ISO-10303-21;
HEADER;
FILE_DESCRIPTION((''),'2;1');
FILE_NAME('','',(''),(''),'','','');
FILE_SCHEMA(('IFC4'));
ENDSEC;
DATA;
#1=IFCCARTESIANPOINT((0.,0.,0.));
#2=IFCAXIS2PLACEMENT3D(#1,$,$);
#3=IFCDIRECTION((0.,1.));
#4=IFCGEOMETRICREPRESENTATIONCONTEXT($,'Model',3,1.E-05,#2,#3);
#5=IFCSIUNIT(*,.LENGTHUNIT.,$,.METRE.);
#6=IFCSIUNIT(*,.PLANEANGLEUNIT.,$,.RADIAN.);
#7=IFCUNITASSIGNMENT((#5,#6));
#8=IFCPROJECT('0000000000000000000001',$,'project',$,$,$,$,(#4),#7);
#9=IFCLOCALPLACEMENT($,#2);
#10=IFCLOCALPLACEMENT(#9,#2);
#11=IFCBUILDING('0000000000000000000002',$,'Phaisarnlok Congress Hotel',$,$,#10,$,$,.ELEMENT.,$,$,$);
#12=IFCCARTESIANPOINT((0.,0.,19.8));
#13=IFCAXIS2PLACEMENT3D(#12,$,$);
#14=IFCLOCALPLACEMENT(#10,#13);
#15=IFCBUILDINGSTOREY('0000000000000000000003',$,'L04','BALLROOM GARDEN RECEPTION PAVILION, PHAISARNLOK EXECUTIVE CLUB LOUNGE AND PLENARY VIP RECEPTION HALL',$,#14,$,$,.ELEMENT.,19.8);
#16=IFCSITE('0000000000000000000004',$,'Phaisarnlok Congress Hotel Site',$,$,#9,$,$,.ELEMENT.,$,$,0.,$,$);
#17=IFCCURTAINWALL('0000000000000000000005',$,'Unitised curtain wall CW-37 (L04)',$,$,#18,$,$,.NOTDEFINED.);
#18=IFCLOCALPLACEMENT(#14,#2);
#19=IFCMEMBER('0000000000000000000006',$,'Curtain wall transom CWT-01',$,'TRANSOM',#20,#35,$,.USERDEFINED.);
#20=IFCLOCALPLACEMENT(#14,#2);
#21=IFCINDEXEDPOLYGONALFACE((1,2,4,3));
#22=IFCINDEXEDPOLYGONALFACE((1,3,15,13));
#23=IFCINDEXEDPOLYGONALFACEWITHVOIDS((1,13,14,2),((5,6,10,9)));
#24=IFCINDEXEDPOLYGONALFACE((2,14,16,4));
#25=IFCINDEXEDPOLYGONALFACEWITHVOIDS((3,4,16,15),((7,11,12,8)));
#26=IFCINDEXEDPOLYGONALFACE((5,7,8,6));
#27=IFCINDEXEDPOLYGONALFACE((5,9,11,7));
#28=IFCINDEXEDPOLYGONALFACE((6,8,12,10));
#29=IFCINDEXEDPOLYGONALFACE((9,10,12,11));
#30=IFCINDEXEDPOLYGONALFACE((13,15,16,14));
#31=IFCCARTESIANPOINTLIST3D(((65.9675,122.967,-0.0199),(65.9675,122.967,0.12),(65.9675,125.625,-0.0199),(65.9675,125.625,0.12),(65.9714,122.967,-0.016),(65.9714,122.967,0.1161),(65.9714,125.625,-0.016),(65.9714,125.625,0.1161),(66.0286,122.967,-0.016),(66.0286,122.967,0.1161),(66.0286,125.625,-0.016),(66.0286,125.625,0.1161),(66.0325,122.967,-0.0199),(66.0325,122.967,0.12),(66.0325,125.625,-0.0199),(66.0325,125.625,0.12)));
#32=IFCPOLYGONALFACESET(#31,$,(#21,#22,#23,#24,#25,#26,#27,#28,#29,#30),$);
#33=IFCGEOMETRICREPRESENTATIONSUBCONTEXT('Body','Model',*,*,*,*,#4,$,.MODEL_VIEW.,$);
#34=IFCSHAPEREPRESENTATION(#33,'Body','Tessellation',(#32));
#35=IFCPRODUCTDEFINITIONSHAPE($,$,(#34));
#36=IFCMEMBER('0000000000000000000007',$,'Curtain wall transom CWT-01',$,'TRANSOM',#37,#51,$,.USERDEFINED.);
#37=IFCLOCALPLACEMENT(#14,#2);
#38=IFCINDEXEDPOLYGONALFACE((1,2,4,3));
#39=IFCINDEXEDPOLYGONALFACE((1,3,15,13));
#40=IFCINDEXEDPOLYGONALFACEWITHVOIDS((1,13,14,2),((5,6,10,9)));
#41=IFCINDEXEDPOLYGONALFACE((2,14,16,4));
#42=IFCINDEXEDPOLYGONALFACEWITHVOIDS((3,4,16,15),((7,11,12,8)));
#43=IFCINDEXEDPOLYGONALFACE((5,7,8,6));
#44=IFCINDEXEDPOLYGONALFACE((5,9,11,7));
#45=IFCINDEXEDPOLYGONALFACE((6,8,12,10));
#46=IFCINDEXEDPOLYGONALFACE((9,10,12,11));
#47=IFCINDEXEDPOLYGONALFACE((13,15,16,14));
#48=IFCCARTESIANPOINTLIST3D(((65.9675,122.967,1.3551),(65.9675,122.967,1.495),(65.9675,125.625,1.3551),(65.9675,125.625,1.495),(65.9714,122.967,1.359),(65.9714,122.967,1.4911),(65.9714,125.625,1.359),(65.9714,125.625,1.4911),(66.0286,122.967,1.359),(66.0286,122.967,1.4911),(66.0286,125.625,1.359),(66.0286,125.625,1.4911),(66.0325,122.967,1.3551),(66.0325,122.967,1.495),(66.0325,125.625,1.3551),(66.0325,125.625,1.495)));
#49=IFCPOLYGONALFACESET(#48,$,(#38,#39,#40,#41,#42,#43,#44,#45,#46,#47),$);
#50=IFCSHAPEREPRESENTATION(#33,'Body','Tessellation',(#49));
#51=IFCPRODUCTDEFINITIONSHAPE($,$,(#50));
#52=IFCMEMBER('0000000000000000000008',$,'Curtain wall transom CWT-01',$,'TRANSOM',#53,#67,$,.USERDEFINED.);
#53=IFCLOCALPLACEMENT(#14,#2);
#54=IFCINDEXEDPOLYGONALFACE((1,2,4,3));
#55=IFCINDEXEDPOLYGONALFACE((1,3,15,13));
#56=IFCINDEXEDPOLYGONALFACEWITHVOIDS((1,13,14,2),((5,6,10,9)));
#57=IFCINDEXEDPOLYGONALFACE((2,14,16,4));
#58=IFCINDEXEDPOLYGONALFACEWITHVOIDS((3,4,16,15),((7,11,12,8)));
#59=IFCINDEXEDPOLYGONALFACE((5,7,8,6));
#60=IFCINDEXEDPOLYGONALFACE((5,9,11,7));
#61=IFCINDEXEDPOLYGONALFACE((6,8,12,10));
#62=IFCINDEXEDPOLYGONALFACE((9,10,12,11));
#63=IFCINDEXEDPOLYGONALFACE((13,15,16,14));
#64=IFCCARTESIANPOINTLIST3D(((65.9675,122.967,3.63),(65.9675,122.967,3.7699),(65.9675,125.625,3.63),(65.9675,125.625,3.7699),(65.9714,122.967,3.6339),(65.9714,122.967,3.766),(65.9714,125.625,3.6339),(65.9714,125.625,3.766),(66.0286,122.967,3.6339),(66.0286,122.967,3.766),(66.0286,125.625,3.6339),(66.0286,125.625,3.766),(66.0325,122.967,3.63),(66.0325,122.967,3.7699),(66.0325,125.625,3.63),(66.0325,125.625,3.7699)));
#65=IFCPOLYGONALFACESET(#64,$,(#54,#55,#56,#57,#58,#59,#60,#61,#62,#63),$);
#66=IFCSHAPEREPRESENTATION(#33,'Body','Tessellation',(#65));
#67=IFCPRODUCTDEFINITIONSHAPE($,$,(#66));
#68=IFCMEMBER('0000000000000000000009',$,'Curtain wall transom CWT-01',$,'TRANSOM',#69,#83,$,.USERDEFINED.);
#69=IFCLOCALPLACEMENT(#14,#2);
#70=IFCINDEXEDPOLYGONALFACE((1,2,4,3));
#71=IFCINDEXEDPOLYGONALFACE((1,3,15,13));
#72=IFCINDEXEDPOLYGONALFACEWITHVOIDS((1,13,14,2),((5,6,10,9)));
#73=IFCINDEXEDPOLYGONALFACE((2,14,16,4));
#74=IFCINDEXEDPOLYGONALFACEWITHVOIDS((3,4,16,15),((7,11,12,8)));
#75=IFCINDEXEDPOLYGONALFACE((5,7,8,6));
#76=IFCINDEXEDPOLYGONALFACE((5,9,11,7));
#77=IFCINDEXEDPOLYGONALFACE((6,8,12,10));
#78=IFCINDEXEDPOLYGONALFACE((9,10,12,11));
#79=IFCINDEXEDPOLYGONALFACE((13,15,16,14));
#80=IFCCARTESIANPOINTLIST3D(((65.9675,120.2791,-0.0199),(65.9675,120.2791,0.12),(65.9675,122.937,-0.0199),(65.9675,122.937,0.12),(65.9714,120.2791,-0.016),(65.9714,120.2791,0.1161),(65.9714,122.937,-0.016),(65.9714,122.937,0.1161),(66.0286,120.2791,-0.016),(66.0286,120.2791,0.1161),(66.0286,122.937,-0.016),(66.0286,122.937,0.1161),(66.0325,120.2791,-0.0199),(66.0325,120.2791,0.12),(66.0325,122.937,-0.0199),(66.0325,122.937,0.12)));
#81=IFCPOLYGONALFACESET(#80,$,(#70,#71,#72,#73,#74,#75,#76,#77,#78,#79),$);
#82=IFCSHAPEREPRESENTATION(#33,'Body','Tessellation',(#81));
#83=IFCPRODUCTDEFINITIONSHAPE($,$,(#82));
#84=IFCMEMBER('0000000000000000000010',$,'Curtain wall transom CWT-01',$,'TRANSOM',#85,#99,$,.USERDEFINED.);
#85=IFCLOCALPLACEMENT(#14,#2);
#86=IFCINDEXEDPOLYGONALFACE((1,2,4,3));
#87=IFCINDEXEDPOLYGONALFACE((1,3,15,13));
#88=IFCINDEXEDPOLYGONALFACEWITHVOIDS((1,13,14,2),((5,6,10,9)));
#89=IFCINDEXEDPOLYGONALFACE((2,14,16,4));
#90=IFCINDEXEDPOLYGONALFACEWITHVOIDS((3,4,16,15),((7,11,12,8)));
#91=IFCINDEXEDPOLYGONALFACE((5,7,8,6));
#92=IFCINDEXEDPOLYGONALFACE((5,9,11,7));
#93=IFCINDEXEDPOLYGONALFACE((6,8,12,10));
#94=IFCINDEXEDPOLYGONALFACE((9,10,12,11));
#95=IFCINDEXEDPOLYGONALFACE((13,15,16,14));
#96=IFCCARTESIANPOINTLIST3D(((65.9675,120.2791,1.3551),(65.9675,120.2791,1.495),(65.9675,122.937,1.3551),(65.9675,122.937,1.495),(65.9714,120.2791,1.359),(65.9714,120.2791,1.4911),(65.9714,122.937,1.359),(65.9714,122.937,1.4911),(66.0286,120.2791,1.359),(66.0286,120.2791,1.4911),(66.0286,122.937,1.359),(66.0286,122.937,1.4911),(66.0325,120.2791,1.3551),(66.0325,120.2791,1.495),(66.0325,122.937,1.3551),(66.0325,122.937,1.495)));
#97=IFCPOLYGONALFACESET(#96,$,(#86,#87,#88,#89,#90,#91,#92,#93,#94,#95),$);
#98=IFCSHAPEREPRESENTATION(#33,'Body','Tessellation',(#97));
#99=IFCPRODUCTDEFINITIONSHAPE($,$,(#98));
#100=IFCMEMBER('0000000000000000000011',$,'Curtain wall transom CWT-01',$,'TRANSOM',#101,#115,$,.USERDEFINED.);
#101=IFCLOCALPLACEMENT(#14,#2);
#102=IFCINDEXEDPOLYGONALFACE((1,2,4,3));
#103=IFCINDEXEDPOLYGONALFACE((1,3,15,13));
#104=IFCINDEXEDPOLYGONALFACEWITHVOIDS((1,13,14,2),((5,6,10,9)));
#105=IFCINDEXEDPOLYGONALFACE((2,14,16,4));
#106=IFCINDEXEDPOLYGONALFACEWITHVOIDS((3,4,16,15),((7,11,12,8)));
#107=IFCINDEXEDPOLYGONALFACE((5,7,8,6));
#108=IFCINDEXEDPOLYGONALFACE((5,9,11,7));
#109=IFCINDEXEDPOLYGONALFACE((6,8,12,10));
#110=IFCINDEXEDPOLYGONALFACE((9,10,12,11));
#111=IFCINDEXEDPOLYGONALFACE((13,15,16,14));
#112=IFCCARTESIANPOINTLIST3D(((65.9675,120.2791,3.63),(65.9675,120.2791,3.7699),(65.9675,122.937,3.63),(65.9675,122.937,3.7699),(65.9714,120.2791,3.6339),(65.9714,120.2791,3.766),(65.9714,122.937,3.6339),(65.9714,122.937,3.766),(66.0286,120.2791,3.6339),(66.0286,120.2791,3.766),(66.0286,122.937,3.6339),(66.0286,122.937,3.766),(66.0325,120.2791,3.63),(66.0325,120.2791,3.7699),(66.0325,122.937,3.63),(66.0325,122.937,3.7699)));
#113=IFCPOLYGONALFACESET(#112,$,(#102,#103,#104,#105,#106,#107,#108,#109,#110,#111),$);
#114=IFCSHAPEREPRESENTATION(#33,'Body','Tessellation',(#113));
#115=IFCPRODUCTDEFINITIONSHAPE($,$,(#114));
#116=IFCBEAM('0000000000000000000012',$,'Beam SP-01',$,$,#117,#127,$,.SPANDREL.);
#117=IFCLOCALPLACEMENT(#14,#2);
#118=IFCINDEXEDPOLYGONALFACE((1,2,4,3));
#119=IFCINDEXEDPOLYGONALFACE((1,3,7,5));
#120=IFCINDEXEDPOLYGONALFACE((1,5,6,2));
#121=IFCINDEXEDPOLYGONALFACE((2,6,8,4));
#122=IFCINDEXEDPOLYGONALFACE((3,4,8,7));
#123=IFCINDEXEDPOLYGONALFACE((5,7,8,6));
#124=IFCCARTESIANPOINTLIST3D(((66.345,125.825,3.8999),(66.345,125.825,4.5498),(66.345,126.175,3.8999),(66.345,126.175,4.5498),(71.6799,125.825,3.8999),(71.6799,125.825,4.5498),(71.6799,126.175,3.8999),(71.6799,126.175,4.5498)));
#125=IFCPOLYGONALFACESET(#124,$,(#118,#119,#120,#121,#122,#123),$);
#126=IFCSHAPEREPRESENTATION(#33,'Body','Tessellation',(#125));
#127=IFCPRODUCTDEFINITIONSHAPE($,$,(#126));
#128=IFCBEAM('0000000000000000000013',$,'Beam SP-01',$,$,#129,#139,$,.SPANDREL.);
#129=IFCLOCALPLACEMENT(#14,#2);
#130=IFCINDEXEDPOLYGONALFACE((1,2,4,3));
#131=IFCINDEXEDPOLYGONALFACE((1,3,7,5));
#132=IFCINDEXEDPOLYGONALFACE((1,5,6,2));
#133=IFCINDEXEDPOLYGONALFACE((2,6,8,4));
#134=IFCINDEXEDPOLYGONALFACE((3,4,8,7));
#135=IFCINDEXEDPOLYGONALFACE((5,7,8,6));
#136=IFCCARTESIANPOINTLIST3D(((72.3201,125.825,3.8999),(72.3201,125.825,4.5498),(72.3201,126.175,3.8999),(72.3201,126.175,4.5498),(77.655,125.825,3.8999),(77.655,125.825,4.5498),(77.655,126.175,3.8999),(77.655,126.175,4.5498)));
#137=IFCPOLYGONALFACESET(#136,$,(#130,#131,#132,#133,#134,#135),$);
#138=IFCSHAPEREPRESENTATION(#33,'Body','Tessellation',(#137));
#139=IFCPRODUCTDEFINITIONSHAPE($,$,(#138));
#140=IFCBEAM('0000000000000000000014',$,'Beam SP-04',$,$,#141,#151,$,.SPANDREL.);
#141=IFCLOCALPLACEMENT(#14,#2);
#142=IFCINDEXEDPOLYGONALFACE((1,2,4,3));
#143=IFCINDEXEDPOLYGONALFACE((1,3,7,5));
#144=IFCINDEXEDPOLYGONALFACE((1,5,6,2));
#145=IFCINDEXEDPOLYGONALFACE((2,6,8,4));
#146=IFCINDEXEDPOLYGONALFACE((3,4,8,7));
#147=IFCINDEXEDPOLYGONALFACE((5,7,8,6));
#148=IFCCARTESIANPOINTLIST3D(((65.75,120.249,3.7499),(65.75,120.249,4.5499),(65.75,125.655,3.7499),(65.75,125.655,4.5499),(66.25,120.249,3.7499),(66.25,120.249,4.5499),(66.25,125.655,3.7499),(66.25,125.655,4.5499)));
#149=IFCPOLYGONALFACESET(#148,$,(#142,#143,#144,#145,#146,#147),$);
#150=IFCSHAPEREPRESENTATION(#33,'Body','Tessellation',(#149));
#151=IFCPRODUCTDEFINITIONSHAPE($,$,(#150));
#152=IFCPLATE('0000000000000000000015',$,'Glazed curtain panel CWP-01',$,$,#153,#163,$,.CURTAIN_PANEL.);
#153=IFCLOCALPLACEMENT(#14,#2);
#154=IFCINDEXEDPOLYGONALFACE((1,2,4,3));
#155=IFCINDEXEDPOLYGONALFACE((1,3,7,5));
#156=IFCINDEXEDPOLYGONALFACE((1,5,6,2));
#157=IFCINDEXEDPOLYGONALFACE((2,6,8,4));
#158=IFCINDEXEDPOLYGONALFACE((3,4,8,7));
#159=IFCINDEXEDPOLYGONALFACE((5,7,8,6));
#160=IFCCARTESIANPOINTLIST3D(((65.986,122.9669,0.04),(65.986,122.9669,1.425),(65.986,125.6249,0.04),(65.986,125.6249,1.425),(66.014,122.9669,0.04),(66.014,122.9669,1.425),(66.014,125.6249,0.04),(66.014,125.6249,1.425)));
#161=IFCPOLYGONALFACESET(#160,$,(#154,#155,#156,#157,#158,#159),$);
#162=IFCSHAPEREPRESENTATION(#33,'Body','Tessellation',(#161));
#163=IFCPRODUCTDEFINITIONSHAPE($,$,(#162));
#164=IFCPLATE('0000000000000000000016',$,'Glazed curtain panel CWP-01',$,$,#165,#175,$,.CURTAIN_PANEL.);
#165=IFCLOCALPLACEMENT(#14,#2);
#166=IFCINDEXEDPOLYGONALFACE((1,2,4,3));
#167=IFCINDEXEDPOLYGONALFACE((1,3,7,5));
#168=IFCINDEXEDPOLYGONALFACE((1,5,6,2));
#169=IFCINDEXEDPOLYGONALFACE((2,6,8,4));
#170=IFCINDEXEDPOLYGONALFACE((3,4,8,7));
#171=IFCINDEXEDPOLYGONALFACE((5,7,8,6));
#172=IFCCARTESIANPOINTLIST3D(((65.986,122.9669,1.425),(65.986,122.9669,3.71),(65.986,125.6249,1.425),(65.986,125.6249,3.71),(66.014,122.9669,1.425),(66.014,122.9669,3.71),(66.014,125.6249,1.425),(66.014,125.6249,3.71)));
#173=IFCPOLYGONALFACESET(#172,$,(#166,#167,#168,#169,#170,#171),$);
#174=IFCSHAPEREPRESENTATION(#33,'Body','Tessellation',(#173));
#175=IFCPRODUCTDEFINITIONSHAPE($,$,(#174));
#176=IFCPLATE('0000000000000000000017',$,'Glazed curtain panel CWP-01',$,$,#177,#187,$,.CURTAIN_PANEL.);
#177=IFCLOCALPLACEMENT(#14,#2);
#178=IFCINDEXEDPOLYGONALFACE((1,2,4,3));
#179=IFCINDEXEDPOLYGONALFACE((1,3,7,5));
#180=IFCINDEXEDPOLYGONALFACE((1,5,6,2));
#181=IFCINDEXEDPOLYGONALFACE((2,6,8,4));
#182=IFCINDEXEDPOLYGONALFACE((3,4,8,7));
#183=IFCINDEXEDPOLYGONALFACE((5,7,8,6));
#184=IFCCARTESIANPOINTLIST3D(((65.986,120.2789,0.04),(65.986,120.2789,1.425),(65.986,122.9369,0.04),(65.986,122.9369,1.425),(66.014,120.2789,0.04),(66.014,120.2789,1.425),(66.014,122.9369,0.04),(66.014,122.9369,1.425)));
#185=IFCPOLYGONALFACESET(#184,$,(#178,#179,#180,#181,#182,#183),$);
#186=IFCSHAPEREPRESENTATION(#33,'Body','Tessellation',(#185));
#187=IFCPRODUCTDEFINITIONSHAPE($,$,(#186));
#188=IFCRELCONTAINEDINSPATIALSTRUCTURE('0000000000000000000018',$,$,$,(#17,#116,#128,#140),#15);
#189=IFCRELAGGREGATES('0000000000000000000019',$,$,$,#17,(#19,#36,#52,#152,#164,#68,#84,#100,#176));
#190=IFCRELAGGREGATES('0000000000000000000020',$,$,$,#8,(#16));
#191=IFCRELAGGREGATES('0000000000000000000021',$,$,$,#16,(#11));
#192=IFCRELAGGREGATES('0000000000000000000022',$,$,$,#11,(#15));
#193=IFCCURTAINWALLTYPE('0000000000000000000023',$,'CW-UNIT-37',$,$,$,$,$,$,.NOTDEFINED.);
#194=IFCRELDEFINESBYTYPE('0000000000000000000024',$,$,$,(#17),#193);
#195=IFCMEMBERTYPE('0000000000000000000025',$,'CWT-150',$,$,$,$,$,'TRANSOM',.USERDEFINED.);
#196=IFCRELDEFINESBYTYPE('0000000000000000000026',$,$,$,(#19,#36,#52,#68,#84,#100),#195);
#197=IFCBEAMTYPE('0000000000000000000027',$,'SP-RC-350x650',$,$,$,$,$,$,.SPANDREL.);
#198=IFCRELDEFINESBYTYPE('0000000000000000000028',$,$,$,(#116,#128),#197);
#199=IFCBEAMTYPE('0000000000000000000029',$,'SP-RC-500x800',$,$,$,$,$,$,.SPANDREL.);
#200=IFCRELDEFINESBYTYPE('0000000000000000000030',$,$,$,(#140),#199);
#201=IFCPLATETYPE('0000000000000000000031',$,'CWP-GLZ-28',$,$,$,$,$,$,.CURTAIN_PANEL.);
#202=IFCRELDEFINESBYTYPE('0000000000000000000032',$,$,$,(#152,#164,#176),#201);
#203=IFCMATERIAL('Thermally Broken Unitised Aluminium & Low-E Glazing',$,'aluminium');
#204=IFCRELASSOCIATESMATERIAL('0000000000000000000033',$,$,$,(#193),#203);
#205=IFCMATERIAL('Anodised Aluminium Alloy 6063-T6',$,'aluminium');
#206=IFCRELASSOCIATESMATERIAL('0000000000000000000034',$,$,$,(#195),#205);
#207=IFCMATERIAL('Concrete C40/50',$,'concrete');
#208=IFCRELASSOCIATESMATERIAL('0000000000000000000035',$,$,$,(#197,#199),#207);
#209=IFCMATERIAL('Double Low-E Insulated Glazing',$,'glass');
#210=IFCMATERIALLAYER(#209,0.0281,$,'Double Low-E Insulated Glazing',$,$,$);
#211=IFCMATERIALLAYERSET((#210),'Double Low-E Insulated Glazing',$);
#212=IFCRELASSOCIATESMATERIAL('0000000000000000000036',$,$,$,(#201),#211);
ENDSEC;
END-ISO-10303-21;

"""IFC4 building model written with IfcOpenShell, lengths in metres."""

from ifc_helpers import new_model, si_unit, direction, frame, frame_2d, origin, origin_2d, place, context, subcontext, project, spatial, rectangle, hollow_rectangle, extrude, material, layer, layer_set, material_profile, profile_set, type_object, element, aggregate, save


model = new_model("IFC4")

# Units and contexts
model_context = context("Model", 3, precision=1e-05, world=origin(), true_north=direction((0.0, 1.0)))
body_context = subcontext(model_context, "Body", "Model", "MODEL_VIEW")
ifc_project = project(units=[si_unit("LENGTHUNIT", "METRE"), si_unit("PLANEANGLEUNIT", "RADIAN")], contexts=[model_context])

# Site, building, storey
site_placement = place(None, origin())
site = spatial("IfcSite", under=ifc_project, at=site_placement, Name="Phaisarnlok Congress Hotel Site", CompositionType="ELEMENT", RefElevation=0.0)
building_placement = place(site_placement, origin())
building = spatial("IfcBuilding", under=site, at=building_placement, Name="Phaisarnlok Congress Hotel", CompositionType="ELEMENT")
storey_placement = place(building_placement, frame((0.0, 0.0, 19.8)))
storey = spatial("IfcBuildingStorey", under=building, at=storey_placement, Name="L04", Description="BALLROOM GARDEN RECEPTION PAVILION, PHAISARNLOK EXECUTIVE CLUB LOUNGE AND PLENARY VIP RECEPTION HALL", CompositionType="ELEMENT", Elevation=19.8)

# Shared definitions
ifc_material_1 = material(Name="Concrete C40/50", Category="concrete")

# Shared definitions
ifc_material_2 = material(Name="Thermally Broken Unitised Aluminium & Low-E Glazing", Category="aluminium")
ifc_material_3 = material(Name="Anodised Aluminium Alloy 6063-T6", Category="aluminium")

# Curtain wall
curtain_wall_type_1 = type_object("IfcCurtainWallType", Name="CW-UNIT-37", PredefinedType="NOTDEFINED", material=ifc_material_2)
curtain_wall_1_placement = place(storey_placement, origin())
curtain_wall_1 = element("IfcCurtainWall", 1, at=curtain_wall_1_placement, inside=storey, type_object=curtain_wall_type_1, Name="Unitised curtain wall CW-37 (L04)", PredefinedType="NOTDEFINED")

# Members
ifc_material_profile_1 = material_profile(ifc_material_3, hollow_rectangle(XDim=0.0649, YDim=0.1399, WallThickness=0.0039, at=origin_2d()), Name="ALU-T 65x140x4")
ifc_profile_set_1 = profile_set([ifc_material_profile_1], Name="Anodised Aluminium Alloy 6063-T6")
member_type_1 = type_object("IfcMemberType", Name="CWT-150", ElementType="TRANSOM", PredefinedType="USERDEFINED", material=ifc_profile_set_1)
member_1_placement = place(storey_placement, frame((66.0, 125.625, 0.05), z_axis=(0.0, -1.0, 0.0), x_axis=(1.0, 0.0, 0.0)))
member_1 = element("IfcMember", 2, at=member_1_placement, type_object=member_type_1, Name="Curtain wall transom CWT-01", ObjectType="TRANSOM", PredefinedType="USERDEFINED", context=body_context, shape_type="SweptSolid", body=[
    extrude(hollow_rectangle(XDim=0.0649, YDim=0.1399, WallThickness=0.0039, at=origin_2d()), origin(), (0.0, 0.0, 1.0), 2.658),
])
member_2_placement = place(storey_placement, frame((66.0, 125.625, 1.425), z_axis=(0.0, -1.0, 0.0), x_axis=(1.0, 0.0, 0.0)))
member_2 = element("IfcMember", 3, at=member_2_placement, type_object=member_type_1, Name="Curtain wall transom CWT-01", ObjectType="TRANSOM", PredefinedType="USERDEFINED", context=body_context, shape_type="SweptSolid", body=[
    extrude(hollow_rectangle(XDim=0.0649, YDim=0.1399, WallThickness=0.0039, at=origin_2d()), origin(), (0.0, 0.0, 1.0), 2.658),
])
member_3_placement = place(storey_placement, frame((66.0, 125.625, 3.7), z_axis=(0.0, -1.0, 0.0), x_axis=(1.0, 0.0, 0.0)))
member_3 = element("IfcMember", 4, at=member_3_placement, type_object=member_type_1, Name="Curtain wall transom CWT-01", ObjectType="TRANSOM", PredefinedType="USERDEFINED", context=body_context, shape_type="SweptSolid", body=[
    extrude(hollow_rectangle(XDim=0.0649, YDim=0.1399, WallThickness=0.0039, at=origin_2d()), origin(), (0.0, 0.0, 1.0), 2.658),
])
member_4_placement = place(storey_placement, frame((66.0, 122.937, 0.05), z_axis=(0.0, -1.0, 0.0), x_axis=(1.0, 0.0, 0.0)))
member_4 = element("IfcMember", 5, at=member_4_placement, type_object=member_type_1, Name="Curtain wall transom CWT-01", ObjectType="TRANSOM", PredefinedType="USERDEFINED", context=body_context, shape_type="SweptSolid", body=[
    extrude(hollow_rectangle(XDim=0.0649, YDim=0.1399, WallThickness=0.0039, at=origin_2d()), origin(), (0.0, 0.0, 1.0), 2.658),
])
member_5_placement = place(storey_placement, frame((66.0, 122.937, 1.425), z_axis=(0.0, -1.0, 0.0), x_axis=(1.0, 0.0, 0.0)))
member_5 = element("IfcMember", 6, at=member_5_placement, type_object=member_type_1, Name="Curtain wall transom CWT-01", ObjectType="TRANSOM", PredefinedType="USERDEFINED", context=body_context, shape_type="SweptSolid", body=[
    extrude(hollow_rectangle(XDim=0.0649, YDim=0.1399, WallThickness=0.0039, at=origin_2d()), origin(), (0.0, 0.0, 1.0), 2.658),
])
member_6_placement = place(storey_placement, frame((66.0, 122.937, 3.7), z_axis=(0.0, -1.0, 0.0), x_axis=(1.0, 0.0, 0.0)))
member_6 = element("IfcMember", 7, at=member_6_placement, type_object=member_type_1, Name="Curtain wall transom CWT-01", ObjectType="TRANSOM", PredefinedType="USERDEFINED", context=body_context, shape_type="SweptSolid", body=[
    extrude(hollow_rectangle(XDim=0.0649, YDim=0.1399, WallThickness=0.0039, at=origin_2d()), origin(), (0.0, 0.0, 1.0), 2.658),
])

# Beams
ifc_material_profile_2 = material_profile(ifc_material_1, rectangle(XDim=0.3501, YDim=0.6499, at=origin_2d()), Name="RC 350x650")
ifc_profile_set_2 = profile_set([ifc_material_profile_2], Name="Concrete C40/50")
beam_type_1 = type_object("IfcBeamType", Name="SP-RC-350x650", PredefinedType="SPANDREL", material=ifc_profile_set_2)
for number, where, z_axis, x_axis, name in (
    (8, (66.345, 126.0, 4.2249), (1.0, 0.0, 0.0), (0.0, 1.0, 0.0), "Beam SP-01"),
    (9, (72.3201, 126.0, 4.2249), (1.0, 0.0, 0.0), (0.0, 1.0, 0.0), "Beam SP-01"),
):
    element("IfcBeam", number, at=place(storey_placement, frame(where, z_axis=z_axis, x_axis=x_axis)), inside=storey, type_object=beam_type_1, Name=name, PredefinedType="SPANDREL", context=body_context, shape_type="SweptSolid", body=[
        extrude(rectangle(XDim=0.3501, YDim=0.6499, at=origin_2d()), origin(), (0.0, 0.0, 1.0), 5.335),
    ])
ifc_material_profile_3 = material_profile(ifc_material_1, rectangle(XDim=0.5, YDim=0.8, at=origin_2d()), Name="RC 500x800")
ifc_profile_set_3 = profile_set([ifc_material_profile_3], Name="Concrete C40/50")
beam_type_2 = type_object("IfcBeamType", Name="SP-RC-500x800", PredefinedType="SPANDREL", material=ifc_profile_set_3)
beam_1_placement = place(storey_placement, frame((66.0, 120.249, 4.1499), z_axis=(0.0, 1.0, 0.0), x_axis=(-1.0, 0.0, 0.0)))
element("IfcBeam", 10, at=beam_1_placement, inside=storey, type_object=beam_type_2, Name="Beam SP-04", PredefinedType="SPANDREL", context=body_context, shape_type="SweptSolid", body=[
    extrude(rectangle(XDim=0.5, YDim=0.8, at=origin_2d()), origin(), (0.0, 0.0, 1.0), 5.406),
])

# Plates
ifc_material_4 = material(Name="Double Low-E Insulated Glazing", Category="glass")
ifc_layer_1 = layer(ifc_material_4, 0.0281, Name="Double Low-E Insulated Glazing")
ifc_layer_set_1 = layer_set([ifc_layer_1], Name="Double Low-E Insulated Glazing")
plate_type = type_object("IfcPlateType", Name="CWP-GLZ-28", PredefinedType="CURTAIN_PANEL", material=ifc_layer_set_1)
plate_1_placement = place(storey_placement, frame((66.0, 125.625, 0.04), z_axis=(0.0, 0.0, 1.0), x_axis=(0.0, -1.0, 0.0)))
plate_1 = element("IfcPlate", 11, at=plate_1_placement, type_object=plate_type, Name="Glazed curtain panel CWP-01", PredefinedType="CURTAIN_PANEL", context=body_context, shape_type="SweptSolid", body=[
    extrude(rectangle(XDim=2.658, YDim=0.0281, at=frame_2d((1.3291, 0.0))), origin(), (0.0, 0.0, 1.0), 1.385),
])
plate_2_placement = place(storey_placement, frame((66.0, 125.625, 1.425), z_axis=(0.0, 0.0, 1.0), x_axis=(0.0, -1.0, 0.0)))
plate_2 = element("IfcPlate", 12, at=plate_2_placement, type_object=plate_type, Name="Glazed curtain panel CWP-01", PredefinedType="CURTAIN_PANEL", context=body_context, shape_type="SweptSolid", body=[
    extrude(rectangle(XDim=2.658, YDim=0.0281, at=frame_2d((1.3291, 0.0))), origin(), (0.0, 0.0, 1.0), 2.2849),
])
plate_3_placement = place(storey_placement, frame((66.0, 122.937, 0.04), z_axis=(0.0, 0.0, 1.0), x_axis=(0.0, -1.0, 0.0)))
plate_3 = element("IfcPlate", 13, at=plate_3_placement, type_object=plate_type, Name="Glazed curtain panel CWP-01", PredefinedType="CURTAIN_PANEL", context=body_context, shape_type="SweptSolid", body=[
    extrude(rectangle(XDim=2.658, YDim=0.0281, at=frame_2d((1.3291, 0.0))), origin(), (0.0, 0.0, 1.0), 1.385),
])
aggregate(curtain_wall_1, [member_1, member_2, member_3, plate_1, plate_2, member_4, member_5, member_6, plate_3])

save(model, "model.ifc")
